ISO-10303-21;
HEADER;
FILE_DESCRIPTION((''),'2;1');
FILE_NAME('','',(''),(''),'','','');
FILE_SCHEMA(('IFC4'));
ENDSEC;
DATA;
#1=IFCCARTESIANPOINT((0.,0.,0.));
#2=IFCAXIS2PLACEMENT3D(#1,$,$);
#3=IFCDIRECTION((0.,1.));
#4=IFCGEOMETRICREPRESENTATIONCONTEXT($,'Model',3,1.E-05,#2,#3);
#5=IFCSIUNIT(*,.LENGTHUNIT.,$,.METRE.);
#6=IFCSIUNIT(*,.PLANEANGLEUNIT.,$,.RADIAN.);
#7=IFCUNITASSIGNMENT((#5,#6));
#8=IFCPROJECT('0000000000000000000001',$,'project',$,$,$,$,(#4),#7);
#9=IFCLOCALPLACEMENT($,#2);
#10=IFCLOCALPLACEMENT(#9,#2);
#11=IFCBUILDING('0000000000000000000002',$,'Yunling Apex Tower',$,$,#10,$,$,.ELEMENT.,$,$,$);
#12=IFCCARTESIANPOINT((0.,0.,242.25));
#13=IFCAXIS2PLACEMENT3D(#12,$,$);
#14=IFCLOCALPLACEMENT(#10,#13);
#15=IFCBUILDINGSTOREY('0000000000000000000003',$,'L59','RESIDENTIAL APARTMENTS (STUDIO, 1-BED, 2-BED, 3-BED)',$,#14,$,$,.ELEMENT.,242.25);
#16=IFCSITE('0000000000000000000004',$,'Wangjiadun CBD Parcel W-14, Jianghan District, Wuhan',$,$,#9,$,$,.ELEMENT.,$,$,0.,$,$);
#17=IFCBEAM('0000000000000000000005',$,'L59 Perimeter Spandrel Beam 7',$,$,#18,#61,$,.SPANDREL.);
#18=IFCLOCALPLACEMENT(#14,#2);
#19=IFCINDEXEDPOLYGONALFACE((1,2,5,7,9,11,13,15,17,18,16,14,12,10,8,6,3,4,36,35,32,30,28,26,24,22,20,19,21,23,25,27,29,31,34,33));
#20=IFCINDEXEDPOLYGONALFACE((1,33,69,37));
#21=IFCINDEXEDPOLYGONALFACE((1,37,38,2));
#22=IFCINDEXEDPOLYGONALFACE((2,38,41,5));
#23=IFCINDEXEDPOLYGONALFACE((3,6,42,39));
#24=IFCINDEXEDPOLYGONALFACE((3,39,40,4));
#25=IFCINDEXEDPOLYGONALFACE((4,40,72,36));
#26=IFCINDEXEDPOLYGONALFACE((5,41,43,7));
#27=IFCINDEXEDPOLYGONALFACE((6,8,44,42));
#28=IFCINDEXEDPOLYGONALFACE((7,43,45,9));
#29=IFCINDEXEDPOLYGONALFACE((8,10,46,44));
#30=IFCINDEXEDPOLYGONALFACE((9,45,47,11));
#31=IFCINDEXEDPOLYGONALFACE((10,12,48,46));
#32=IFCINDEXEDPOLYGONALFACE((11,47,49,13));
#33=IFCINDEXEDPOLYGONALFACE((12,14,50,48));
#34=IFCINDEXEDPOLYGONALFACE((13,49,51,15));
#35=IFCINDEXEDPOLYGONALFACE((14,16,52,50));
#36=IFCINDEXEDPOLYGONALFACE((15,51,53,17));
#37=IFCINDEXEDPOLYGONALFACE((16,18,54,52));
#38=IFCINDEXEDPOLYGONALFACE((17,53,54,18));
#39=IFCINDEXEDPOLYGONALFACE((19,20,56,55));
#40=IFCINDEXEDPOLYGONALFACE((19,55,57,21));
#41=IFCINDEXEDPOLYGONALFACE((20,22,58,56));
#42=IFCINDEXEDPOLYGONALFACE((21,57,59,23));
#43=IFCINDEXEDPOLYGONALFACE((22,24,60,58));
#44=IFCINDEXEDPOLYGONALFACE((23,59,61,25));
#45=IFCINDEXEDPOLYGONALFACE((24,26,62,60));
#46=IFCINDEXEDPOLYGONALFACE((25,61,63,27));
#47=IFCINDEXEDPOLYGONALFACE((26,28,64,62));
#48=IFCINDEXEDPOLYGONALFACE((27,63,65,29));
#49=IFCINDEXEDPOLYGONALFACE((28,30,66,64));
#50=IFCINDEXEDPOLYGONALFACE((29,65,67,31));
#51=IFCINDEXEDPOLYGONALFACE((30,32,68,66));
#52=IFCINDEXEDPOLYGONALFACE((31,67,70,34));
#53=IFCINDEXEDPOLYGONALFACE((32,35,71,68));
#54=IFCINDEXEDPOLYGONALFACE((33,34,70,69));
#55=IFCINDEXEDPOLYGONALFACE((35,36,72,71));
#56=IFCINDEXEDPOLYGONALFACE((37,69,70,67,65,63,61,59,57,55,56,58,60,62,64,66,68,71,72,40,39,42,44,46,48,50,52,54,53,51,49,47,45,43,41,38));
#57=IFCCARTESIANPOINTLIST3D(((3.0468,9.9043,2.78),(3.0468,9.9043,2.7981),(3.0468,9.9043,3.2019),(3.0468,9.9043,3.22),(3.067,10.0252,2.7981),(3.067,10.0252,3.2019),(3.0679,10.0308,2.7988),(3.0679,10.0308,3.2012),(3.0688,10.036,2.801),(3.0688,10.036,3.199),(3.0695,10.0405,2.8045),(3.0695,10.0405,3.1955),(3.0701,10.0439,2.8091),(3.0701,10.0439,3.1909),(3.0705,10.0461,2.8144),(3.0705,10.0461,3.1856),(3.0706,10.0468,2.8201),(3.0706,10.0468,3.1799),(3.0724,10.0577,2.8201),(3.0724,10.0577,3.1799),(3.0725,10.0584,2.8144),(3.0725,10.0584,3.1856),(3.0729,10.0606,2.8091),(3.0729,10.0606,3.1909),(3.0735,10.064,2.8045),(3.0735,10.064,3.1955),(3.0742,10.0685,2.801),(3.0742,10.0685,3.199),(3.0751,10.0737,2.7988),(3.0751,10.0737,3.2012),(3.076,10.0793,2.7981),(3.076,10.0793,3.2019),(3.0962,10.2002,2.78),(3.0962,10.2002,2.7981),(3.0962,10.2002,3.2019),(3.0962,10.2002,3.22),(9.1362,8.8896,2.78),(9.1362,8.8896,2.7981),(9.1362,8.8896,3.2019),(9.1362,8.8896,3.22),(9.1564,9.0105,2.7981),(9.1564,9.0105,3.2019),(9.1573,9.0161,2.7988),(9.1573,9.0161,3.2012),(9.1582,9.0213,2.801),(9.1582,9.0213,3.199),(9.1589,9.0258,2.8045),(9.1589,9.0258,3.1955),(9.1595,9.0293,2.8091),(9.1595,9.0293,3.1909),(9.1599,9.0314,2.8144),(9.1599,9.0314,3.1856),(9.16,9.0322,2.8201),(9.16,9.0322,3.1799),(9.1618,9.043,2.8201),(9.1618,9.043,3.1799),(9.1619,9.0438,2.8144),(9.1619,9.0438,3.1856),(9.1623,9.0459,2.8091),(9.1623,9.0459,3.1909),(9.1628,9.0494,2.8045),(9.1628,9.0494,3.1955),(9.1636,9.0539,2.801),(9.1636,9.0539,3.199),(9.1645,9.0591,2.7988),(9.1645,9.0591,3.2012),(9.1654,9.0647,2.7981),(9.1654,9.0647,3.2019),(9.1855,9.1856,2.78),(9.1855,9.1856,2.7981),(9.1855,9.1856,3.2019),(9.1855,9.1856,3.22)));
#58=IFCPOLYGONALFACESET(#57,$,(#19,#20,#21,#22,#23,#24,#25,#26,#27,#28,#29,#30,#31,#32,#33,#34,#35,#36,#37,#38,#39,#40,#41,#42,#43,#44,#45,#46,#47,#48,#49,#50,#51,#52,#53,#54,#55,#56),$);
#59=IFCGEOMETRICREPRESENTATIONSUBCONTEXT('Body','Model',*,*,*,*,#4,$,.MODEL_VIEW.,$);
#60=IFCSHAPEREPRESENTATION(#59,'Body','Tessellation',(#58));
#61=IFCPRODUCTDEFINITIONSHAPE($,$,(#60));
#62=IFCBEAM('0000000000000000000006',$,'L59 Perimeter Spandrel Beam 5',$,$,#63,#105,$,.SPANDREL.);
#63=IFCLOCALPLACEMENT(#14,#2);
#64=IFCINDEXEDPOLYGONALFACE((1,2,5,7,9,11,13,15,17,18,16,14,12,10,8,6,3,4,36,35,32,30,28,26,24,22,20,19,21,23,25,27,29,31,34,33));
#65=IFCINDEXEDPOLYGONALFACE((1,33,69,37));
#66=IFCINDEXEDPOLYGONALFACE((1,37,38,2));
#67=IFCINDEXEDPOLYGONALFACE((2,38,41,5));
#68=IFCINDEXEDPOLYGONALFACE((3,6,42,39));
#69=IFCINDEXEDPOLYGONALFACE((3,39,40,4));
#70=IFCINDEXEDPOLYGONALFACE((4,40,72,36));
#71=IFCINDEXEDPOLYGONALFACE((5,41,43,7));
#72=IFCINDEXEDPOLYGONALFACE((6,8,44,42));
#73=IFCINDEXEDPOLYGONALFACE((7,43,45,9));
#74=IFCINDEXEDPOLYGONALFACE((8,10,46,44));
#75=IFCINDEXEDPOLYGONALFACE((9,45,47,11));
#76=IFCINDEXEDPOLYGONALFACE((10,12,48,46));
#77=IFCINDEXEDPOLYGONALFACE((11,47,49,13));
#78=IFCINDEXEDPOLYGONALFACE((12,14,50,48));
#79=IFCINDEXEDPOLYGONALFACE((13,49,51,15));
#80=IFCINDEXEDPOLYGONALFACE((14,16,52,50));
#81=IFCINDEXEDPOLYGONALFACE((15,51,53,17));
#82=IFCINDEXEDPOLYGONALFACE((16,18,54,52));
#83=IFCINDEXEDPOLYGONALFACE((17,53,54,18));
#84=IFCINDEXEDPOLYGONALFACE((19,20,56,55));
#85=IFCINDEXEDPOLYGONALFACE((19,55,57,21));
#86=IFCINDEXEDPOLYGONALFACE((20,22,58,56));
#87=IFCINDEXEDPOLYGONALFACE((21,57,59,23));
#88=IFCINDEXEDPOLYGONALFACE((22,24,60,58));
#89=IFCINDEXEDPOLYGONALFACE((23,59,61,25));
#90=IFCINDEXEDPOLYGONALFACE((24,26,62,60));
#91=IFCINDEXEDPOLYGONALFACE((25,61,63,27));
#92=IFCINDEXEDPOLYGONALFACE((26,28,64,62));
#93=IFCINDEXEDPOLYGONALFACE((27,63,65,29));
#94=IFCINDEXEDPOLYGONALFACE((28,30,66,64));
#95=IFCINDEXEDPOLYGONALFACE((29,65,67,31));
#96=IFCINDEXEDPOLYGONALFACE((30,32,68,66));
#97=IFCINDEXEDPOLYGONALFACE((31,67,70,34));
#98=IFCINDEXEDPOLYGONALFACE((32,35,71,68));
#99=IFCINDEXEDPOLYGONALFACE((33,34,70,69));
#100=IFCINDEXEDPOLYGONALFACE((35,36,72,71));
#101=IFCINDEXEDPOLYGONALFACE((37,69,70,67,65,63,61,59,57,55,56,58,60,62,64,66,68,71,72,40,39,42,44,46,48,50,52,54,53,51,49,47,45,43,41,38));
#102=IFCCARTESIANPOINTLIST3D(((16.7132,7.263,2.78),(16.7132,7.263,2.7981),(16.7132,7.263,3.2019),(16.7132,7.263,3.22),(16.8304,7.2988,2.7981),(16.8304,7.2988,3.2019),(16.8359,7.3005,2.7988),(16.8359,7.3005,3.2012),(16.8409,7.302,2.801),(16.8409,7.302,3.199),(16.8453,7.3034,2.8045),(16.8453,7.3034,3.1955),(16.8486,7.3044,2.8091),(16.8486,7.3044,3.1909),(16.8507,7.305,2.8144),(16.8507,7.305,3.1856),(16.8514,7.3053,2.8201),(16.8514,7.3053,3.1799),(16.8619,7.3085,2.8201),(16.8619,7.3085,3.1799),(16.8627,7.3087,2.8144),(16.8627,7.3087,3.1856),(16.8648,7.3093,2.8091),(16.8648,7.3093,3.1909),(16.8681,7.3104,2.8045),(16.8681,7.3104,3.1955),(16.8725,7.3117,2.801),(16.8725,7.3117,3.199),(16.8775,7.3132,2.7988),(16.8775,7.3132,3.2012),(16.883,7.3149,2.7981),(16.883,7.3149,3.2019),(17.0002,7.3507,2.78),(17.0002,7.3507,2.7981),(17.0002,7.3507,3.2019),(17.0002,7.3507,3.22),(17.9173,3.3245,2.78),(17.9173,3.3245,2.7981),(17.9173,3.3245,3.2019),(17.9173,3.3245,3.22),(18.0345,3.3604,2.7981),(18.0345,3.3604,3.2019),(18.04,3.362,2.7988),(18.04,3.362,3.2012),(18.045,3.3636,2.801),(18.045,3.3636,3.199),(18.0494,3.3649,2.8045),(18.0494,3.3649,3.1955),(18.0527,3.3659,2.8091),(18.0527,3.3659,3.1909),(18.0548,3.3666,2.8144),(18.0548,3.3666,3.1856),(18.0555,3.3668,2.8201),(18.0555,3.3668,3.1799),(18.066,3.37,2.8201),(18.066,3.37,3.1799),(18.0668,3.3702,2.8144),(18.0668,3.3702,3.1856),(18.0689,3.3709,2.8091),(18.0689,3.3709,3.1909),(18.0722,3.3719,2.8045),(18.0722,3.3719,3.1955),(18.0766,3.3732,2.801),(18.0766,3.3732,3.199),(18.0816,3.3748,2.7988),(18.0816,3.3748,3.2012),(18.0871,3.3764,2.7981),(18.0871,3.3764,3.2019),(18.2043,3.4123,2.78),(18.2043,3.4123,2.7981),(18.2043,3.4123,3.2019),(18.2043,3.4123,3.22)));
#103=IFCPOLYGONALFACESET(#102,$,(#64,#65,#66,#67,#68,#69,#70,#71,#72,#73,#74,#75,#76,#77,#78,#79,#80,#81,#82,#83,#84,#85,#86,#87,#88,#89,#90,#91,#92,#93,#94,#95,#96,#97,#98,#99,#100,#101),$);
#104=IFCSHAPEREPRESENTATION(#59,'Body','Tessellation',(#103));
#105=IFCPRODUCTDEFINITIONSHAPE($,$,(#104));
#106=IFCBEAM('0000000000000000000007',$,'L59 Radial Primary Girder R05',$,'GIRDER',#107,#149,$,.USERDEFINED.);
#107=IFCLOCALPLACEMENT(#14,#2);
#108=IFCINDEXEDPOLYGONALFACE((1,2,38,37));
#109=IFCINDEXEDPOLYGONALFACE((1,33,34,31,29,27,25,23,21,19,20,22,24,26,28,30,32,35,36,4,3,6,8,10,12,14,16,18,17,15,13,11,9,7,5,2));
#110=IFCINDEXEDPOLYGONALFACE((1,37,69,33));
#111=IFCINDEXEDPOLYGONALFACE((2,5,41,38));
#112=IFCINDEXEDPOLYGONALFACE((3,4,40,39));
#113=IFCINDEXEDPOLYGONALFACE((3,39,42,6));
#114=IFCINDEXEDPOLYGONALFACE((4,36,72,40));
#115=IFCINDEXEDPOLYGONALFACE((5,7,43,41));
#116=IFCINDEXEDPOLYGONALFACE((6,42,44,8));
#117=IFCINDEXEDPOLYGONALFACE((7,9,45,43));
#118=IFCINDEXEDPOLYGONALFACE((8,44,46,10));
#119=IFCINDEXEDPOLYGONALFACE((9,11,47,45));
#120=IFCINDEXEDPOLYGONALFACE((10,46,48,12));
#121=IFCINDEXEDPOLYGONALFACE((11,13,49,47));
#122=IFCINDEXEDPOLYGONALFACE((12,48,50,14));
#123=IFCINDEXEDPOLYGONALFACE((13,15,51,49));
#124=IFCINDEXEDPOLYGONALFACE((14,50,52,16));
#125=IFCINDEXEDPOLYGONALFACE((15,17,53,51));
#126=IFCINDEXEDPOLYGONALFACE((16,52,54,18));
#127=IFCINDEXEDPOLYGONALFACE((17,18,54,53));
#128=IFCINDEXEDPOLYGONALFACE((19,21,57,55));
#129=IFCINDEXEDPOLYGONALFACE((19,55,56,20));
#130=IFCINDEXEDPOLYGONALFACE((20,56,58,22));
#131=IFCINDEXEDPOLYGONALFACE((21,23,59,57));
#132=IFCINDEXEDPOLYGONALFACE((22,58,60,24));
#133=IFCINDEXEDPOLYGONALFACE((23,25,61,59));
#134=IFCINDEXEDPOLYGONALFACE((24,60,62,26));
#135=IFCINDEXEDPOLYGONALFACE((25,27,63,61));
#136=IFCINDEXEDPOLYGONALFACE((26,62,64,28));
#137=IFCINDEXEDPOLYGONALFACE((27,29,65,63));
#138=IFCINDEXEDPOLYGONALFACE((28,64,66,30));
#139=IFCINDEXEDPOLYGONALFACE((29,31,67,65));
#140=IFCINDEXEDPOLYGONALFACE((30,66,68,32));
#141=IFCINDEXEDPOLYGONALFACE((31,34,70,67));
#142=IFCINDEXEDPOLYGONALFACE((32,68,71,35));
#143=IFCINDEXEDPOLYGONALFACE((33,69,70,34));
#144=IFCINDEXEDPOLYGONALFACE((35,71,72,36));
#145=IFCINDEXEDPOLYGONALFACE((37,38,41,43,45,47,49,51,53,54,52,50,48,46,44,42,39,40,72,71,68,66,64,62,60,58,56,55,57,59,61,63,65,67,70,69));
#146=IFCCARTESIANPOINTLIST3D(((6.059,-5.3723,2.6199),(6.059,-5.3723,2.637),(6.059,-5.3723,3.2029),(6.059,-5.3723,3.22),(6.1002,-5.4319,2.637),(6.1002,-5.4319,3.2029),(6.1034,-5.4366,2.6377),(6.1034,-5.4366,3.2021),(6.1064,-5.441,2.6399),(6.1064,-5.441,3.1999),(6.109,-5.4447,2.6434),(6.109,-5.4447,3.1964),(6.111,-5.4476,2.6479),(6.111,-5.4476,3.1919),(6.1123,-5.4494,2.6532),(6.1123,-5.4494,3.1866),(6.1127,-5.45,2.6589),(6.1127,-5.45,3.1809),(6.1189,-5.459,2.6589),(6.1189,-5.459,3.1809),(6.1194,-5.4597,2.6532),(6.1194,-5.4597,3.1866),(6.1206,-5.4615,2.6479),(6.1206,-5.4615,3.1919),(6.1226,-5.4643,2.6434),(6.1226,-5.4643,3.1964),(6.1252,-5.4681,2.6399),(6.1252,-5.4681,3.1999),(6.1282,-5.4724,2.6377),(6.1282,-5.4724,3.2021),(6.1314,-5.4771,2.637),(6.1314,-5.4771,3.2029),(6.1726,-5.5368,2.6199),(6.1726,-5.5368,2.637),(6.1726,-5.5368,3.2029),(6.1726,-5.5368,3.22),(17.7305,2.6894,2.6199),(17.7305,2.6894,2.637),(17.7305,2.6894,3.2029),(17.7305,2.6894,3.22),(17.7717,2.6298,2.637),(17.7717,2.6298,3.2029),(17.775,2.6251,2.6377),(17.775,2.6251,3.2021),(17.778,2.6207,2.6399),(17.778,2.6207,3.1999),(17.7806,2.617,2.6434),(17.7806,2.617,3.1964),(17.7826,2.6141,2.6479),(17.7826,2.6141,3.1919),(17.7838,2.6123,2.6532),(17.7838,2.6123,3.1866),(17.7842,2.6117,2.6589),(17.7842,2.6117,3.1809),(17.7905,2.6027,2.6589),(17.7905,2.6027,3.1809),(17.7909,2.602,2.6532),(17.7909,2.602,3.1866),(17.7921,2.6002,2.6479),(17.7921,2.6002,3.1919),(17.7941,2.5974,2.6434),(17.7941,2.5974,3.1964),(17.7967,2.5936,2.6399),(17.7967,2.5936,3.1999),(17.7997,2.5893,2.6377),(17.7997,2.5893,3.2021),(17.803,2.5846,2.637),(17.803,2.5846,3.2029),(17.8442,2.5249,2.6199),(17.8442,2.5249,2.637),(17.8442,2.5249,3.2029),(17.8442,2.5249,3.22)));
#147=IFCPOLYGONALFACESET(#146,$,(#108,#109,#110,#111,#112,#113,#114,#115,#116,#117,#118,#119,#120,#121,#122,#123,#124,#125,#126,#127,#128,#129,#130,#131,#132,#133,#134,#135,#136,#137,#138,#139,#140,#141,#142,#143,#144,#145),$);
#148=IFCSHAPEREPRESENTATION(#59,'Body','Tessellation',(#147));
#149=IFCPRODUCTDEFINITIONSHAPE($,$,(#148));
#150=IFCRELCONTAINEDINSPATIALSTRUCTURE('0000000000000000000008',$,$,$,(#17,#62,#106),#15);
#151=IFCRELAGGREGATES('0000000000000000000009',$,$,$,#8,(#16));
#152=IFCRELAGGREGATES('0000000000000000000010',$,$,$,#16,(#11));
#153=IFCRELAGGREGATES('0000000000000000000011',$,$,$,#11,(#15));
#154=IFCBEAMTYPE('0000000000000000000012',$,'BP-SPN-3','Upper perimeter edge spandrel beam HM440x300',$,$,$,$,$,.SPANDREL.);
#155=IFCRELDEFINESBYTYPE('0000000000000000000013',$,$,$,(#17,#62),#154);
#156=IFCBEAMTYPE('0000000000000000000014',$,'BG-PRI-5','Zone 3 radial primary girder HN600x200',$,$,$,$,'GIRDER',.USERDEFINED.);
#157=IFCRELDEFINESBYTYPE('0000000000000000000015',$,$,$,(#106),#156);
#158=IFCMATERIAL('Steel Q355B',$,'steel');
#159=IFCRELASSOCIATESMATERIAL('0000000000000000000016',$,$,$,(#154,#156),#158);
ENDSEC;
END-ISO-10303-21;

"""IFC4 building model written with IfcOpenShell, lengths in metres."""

from ifc_helpers import new_model, si_unit, direction, frame, origin, origin_2d, place, context, subcontext, project, spatial, i_section, extrude, source, transform, mapped, material, material_profile, profile_set, type_object, element, save


model = new_model("IFC4")

# Units and contexts
model_context = context("Model", 3, precision=1e-05, world=origin(), true_north=direction((0.0, 1.0)))
body_context = subcontext(model_context, "Body", "Model", "MODEL_VIEW")
ifc_project = project(units=[si_unit("LENGTHUNIT", "METRE"), si_unit("PLANEANGLEUNIT", "RADIAN")], contexts=[model_context])

# Site, building, storey
site_placement = place(None, origin())
site = spatial("IfcSite", under=ifc_project, at=site_placement, Name="Wangjiadun CBD Parcel W-14, Jianghan District, Wuhan", CompositionType="ELEMENT", RefElevation=0.0)
building_placement = place(site_placement, origin())
building = spatial("IfcBuilding", under=site, at=building_placement, Name="Yunling Apex Tower", CompositionType="ELEMENT")
storey_placement = place(building_placement, frame((0.0, 0.0, 242.25)))
storey = spatial("IfcBuildingStorey", under=building, at=storey_placement, Name="L59", Description="RESIDENTIAL APARTMENTS (STUDIO, 1-BED, 2-BED, 3-BED)", CompositionType="ELEMENT", Elevation=242.25)

# Beams
ifc_material_1 = material(Name="Steel Q355B", Category="steel")
ifc_material_profile_1 = material_profile(ifc_material_1, i_section(OverallWidth=0.3, OverallDepth=0.4399, WebThickness=0.011, FlangeThickness=0.0181, FilletRadius=0.022, at=origin_2d()))
ifc_profile_set_1 = profile_set([ifc_material_profile_1], Name="Steel Q355B")
beam_type_1 = type_object("IfcBeamType", Name="BP-SPN-3", Description="Upper perimeter edge spandrel beam HM440x300", PredefinedType="SPANDREL", material=ifc_profile_set_1)
shared_shape_1 = source(origin(), body_context, "Body", "SweptSolid", [
    extrude(i_section(OverallWidth=0.3, OverallDepth=0.4399, WebThickness=0.011, FlangeThickness=0.0181, FilletRadius=0.022, at=origin_2d()), origin(), (0.0, 0.0, 1.0), 6.1733),
])
for number, where, z_axis, x_axis, name in (
    (1, (9.1609, 9.0376, 3.0), (-0.9864, 0.164361, 0.0), (-0.164361, -0.9864, 0.0), "L59 Perimeter Spandrel Beam 7"),
):
    element("IfcBeam", number, at=place(storey_placement, frame(where, z_axis=z_axis, x_axis=x_axis)), inside=storey, type_object=beam_type_1, Name=name, PredefinedType="SPANDREL", context=body_context, shape_type="MappedRepresentation", body=[
        mapped(shared_shape_1, transform((0.0, 0.0, 0.0), scale=1.0)),
    ])
shared_shape_2 = source(origin(), body_context, "Body", "SweptSolid", [
    extrude(i_section(OverallWidth=0.3, OverallDepth=0.4399, WebThickness=0.011, FlangeThickness=0.0181, FilletRadius=0.022, at=origin_2d()), origin(), (0.0, 0.0, 1.0), 4.1184),
])
beam_1_placement = place(storey_placement, frame((18.0608, 3.3684, 3.0), z_axis=(-0.292369, 0.956306, 0.0), x_axis=(-0.956306, -0.292369, 0.0)))
element("IfcBeam", 2, at=beam_1_placement, inside=storey, type_object=beam_type_1, Name="L59 Perimeter Spandrel Beam 5", PredefinedType="SPANDREL", context=body_context, shape_type="MappedRepresentation", body=[
    mapped(shared_shape_2, transform((0.0, 0.0, 0.0), scale=1.0)),
])
ifc_material_profile_2 = material_profile(ifc_material_1, i_section(OverallWidth=0.2, OverallDepth=0.6001, WebThickness=0.011, FlangeThickness=0.0171, FilletRadius=0.022, at=origin_2d()))
ifc_profile_set_2 = profile_set([ifc_material_profile_2], Name="Steel Q355B")
beam_type_2 = type_object("IfcBeamType", Name="BG-PRI-5", Description="Zone 3 radial primary girder HN600x200", ElementType="GIRDER", PredefinedType="USERDEFINED", material=ifc_profile_set_2)
shared_shape_3 = source(origin(), body_context, "Body", "SweptSolid", [
    extrude(i_section(OverallWidth=0.2, OverallDepth=0.6001, WebThickness=0.011, FlangeThickness=0.0171, FilletRadius=0.022, at=origin_2d()), origin(), (0.0, 0.0, 1.0), 14.1851),
])
beam_2_placement = place(storey_placement, frame((17.7874, 2.6072, 2.9199), z_axis=(-0.822805, -0.568324, 0.0), x_axis=(0.568324, -0.822805, 0.0)))
element("IfcBeam", 3, at=beam_2_placement, inside=storey, type_object=beam_type_2, Name="L59 Radial Primary Girder R05", ObjectType="GIRDER", PredefinedType="USERDEFINED", context=body_context, shape_type="MappedRepresentation", body=[
    mapped(shared_shape_3, transform((0.0, 0.0, 0.0), scale=1.0)),
])

save(model, "model.ifc")
